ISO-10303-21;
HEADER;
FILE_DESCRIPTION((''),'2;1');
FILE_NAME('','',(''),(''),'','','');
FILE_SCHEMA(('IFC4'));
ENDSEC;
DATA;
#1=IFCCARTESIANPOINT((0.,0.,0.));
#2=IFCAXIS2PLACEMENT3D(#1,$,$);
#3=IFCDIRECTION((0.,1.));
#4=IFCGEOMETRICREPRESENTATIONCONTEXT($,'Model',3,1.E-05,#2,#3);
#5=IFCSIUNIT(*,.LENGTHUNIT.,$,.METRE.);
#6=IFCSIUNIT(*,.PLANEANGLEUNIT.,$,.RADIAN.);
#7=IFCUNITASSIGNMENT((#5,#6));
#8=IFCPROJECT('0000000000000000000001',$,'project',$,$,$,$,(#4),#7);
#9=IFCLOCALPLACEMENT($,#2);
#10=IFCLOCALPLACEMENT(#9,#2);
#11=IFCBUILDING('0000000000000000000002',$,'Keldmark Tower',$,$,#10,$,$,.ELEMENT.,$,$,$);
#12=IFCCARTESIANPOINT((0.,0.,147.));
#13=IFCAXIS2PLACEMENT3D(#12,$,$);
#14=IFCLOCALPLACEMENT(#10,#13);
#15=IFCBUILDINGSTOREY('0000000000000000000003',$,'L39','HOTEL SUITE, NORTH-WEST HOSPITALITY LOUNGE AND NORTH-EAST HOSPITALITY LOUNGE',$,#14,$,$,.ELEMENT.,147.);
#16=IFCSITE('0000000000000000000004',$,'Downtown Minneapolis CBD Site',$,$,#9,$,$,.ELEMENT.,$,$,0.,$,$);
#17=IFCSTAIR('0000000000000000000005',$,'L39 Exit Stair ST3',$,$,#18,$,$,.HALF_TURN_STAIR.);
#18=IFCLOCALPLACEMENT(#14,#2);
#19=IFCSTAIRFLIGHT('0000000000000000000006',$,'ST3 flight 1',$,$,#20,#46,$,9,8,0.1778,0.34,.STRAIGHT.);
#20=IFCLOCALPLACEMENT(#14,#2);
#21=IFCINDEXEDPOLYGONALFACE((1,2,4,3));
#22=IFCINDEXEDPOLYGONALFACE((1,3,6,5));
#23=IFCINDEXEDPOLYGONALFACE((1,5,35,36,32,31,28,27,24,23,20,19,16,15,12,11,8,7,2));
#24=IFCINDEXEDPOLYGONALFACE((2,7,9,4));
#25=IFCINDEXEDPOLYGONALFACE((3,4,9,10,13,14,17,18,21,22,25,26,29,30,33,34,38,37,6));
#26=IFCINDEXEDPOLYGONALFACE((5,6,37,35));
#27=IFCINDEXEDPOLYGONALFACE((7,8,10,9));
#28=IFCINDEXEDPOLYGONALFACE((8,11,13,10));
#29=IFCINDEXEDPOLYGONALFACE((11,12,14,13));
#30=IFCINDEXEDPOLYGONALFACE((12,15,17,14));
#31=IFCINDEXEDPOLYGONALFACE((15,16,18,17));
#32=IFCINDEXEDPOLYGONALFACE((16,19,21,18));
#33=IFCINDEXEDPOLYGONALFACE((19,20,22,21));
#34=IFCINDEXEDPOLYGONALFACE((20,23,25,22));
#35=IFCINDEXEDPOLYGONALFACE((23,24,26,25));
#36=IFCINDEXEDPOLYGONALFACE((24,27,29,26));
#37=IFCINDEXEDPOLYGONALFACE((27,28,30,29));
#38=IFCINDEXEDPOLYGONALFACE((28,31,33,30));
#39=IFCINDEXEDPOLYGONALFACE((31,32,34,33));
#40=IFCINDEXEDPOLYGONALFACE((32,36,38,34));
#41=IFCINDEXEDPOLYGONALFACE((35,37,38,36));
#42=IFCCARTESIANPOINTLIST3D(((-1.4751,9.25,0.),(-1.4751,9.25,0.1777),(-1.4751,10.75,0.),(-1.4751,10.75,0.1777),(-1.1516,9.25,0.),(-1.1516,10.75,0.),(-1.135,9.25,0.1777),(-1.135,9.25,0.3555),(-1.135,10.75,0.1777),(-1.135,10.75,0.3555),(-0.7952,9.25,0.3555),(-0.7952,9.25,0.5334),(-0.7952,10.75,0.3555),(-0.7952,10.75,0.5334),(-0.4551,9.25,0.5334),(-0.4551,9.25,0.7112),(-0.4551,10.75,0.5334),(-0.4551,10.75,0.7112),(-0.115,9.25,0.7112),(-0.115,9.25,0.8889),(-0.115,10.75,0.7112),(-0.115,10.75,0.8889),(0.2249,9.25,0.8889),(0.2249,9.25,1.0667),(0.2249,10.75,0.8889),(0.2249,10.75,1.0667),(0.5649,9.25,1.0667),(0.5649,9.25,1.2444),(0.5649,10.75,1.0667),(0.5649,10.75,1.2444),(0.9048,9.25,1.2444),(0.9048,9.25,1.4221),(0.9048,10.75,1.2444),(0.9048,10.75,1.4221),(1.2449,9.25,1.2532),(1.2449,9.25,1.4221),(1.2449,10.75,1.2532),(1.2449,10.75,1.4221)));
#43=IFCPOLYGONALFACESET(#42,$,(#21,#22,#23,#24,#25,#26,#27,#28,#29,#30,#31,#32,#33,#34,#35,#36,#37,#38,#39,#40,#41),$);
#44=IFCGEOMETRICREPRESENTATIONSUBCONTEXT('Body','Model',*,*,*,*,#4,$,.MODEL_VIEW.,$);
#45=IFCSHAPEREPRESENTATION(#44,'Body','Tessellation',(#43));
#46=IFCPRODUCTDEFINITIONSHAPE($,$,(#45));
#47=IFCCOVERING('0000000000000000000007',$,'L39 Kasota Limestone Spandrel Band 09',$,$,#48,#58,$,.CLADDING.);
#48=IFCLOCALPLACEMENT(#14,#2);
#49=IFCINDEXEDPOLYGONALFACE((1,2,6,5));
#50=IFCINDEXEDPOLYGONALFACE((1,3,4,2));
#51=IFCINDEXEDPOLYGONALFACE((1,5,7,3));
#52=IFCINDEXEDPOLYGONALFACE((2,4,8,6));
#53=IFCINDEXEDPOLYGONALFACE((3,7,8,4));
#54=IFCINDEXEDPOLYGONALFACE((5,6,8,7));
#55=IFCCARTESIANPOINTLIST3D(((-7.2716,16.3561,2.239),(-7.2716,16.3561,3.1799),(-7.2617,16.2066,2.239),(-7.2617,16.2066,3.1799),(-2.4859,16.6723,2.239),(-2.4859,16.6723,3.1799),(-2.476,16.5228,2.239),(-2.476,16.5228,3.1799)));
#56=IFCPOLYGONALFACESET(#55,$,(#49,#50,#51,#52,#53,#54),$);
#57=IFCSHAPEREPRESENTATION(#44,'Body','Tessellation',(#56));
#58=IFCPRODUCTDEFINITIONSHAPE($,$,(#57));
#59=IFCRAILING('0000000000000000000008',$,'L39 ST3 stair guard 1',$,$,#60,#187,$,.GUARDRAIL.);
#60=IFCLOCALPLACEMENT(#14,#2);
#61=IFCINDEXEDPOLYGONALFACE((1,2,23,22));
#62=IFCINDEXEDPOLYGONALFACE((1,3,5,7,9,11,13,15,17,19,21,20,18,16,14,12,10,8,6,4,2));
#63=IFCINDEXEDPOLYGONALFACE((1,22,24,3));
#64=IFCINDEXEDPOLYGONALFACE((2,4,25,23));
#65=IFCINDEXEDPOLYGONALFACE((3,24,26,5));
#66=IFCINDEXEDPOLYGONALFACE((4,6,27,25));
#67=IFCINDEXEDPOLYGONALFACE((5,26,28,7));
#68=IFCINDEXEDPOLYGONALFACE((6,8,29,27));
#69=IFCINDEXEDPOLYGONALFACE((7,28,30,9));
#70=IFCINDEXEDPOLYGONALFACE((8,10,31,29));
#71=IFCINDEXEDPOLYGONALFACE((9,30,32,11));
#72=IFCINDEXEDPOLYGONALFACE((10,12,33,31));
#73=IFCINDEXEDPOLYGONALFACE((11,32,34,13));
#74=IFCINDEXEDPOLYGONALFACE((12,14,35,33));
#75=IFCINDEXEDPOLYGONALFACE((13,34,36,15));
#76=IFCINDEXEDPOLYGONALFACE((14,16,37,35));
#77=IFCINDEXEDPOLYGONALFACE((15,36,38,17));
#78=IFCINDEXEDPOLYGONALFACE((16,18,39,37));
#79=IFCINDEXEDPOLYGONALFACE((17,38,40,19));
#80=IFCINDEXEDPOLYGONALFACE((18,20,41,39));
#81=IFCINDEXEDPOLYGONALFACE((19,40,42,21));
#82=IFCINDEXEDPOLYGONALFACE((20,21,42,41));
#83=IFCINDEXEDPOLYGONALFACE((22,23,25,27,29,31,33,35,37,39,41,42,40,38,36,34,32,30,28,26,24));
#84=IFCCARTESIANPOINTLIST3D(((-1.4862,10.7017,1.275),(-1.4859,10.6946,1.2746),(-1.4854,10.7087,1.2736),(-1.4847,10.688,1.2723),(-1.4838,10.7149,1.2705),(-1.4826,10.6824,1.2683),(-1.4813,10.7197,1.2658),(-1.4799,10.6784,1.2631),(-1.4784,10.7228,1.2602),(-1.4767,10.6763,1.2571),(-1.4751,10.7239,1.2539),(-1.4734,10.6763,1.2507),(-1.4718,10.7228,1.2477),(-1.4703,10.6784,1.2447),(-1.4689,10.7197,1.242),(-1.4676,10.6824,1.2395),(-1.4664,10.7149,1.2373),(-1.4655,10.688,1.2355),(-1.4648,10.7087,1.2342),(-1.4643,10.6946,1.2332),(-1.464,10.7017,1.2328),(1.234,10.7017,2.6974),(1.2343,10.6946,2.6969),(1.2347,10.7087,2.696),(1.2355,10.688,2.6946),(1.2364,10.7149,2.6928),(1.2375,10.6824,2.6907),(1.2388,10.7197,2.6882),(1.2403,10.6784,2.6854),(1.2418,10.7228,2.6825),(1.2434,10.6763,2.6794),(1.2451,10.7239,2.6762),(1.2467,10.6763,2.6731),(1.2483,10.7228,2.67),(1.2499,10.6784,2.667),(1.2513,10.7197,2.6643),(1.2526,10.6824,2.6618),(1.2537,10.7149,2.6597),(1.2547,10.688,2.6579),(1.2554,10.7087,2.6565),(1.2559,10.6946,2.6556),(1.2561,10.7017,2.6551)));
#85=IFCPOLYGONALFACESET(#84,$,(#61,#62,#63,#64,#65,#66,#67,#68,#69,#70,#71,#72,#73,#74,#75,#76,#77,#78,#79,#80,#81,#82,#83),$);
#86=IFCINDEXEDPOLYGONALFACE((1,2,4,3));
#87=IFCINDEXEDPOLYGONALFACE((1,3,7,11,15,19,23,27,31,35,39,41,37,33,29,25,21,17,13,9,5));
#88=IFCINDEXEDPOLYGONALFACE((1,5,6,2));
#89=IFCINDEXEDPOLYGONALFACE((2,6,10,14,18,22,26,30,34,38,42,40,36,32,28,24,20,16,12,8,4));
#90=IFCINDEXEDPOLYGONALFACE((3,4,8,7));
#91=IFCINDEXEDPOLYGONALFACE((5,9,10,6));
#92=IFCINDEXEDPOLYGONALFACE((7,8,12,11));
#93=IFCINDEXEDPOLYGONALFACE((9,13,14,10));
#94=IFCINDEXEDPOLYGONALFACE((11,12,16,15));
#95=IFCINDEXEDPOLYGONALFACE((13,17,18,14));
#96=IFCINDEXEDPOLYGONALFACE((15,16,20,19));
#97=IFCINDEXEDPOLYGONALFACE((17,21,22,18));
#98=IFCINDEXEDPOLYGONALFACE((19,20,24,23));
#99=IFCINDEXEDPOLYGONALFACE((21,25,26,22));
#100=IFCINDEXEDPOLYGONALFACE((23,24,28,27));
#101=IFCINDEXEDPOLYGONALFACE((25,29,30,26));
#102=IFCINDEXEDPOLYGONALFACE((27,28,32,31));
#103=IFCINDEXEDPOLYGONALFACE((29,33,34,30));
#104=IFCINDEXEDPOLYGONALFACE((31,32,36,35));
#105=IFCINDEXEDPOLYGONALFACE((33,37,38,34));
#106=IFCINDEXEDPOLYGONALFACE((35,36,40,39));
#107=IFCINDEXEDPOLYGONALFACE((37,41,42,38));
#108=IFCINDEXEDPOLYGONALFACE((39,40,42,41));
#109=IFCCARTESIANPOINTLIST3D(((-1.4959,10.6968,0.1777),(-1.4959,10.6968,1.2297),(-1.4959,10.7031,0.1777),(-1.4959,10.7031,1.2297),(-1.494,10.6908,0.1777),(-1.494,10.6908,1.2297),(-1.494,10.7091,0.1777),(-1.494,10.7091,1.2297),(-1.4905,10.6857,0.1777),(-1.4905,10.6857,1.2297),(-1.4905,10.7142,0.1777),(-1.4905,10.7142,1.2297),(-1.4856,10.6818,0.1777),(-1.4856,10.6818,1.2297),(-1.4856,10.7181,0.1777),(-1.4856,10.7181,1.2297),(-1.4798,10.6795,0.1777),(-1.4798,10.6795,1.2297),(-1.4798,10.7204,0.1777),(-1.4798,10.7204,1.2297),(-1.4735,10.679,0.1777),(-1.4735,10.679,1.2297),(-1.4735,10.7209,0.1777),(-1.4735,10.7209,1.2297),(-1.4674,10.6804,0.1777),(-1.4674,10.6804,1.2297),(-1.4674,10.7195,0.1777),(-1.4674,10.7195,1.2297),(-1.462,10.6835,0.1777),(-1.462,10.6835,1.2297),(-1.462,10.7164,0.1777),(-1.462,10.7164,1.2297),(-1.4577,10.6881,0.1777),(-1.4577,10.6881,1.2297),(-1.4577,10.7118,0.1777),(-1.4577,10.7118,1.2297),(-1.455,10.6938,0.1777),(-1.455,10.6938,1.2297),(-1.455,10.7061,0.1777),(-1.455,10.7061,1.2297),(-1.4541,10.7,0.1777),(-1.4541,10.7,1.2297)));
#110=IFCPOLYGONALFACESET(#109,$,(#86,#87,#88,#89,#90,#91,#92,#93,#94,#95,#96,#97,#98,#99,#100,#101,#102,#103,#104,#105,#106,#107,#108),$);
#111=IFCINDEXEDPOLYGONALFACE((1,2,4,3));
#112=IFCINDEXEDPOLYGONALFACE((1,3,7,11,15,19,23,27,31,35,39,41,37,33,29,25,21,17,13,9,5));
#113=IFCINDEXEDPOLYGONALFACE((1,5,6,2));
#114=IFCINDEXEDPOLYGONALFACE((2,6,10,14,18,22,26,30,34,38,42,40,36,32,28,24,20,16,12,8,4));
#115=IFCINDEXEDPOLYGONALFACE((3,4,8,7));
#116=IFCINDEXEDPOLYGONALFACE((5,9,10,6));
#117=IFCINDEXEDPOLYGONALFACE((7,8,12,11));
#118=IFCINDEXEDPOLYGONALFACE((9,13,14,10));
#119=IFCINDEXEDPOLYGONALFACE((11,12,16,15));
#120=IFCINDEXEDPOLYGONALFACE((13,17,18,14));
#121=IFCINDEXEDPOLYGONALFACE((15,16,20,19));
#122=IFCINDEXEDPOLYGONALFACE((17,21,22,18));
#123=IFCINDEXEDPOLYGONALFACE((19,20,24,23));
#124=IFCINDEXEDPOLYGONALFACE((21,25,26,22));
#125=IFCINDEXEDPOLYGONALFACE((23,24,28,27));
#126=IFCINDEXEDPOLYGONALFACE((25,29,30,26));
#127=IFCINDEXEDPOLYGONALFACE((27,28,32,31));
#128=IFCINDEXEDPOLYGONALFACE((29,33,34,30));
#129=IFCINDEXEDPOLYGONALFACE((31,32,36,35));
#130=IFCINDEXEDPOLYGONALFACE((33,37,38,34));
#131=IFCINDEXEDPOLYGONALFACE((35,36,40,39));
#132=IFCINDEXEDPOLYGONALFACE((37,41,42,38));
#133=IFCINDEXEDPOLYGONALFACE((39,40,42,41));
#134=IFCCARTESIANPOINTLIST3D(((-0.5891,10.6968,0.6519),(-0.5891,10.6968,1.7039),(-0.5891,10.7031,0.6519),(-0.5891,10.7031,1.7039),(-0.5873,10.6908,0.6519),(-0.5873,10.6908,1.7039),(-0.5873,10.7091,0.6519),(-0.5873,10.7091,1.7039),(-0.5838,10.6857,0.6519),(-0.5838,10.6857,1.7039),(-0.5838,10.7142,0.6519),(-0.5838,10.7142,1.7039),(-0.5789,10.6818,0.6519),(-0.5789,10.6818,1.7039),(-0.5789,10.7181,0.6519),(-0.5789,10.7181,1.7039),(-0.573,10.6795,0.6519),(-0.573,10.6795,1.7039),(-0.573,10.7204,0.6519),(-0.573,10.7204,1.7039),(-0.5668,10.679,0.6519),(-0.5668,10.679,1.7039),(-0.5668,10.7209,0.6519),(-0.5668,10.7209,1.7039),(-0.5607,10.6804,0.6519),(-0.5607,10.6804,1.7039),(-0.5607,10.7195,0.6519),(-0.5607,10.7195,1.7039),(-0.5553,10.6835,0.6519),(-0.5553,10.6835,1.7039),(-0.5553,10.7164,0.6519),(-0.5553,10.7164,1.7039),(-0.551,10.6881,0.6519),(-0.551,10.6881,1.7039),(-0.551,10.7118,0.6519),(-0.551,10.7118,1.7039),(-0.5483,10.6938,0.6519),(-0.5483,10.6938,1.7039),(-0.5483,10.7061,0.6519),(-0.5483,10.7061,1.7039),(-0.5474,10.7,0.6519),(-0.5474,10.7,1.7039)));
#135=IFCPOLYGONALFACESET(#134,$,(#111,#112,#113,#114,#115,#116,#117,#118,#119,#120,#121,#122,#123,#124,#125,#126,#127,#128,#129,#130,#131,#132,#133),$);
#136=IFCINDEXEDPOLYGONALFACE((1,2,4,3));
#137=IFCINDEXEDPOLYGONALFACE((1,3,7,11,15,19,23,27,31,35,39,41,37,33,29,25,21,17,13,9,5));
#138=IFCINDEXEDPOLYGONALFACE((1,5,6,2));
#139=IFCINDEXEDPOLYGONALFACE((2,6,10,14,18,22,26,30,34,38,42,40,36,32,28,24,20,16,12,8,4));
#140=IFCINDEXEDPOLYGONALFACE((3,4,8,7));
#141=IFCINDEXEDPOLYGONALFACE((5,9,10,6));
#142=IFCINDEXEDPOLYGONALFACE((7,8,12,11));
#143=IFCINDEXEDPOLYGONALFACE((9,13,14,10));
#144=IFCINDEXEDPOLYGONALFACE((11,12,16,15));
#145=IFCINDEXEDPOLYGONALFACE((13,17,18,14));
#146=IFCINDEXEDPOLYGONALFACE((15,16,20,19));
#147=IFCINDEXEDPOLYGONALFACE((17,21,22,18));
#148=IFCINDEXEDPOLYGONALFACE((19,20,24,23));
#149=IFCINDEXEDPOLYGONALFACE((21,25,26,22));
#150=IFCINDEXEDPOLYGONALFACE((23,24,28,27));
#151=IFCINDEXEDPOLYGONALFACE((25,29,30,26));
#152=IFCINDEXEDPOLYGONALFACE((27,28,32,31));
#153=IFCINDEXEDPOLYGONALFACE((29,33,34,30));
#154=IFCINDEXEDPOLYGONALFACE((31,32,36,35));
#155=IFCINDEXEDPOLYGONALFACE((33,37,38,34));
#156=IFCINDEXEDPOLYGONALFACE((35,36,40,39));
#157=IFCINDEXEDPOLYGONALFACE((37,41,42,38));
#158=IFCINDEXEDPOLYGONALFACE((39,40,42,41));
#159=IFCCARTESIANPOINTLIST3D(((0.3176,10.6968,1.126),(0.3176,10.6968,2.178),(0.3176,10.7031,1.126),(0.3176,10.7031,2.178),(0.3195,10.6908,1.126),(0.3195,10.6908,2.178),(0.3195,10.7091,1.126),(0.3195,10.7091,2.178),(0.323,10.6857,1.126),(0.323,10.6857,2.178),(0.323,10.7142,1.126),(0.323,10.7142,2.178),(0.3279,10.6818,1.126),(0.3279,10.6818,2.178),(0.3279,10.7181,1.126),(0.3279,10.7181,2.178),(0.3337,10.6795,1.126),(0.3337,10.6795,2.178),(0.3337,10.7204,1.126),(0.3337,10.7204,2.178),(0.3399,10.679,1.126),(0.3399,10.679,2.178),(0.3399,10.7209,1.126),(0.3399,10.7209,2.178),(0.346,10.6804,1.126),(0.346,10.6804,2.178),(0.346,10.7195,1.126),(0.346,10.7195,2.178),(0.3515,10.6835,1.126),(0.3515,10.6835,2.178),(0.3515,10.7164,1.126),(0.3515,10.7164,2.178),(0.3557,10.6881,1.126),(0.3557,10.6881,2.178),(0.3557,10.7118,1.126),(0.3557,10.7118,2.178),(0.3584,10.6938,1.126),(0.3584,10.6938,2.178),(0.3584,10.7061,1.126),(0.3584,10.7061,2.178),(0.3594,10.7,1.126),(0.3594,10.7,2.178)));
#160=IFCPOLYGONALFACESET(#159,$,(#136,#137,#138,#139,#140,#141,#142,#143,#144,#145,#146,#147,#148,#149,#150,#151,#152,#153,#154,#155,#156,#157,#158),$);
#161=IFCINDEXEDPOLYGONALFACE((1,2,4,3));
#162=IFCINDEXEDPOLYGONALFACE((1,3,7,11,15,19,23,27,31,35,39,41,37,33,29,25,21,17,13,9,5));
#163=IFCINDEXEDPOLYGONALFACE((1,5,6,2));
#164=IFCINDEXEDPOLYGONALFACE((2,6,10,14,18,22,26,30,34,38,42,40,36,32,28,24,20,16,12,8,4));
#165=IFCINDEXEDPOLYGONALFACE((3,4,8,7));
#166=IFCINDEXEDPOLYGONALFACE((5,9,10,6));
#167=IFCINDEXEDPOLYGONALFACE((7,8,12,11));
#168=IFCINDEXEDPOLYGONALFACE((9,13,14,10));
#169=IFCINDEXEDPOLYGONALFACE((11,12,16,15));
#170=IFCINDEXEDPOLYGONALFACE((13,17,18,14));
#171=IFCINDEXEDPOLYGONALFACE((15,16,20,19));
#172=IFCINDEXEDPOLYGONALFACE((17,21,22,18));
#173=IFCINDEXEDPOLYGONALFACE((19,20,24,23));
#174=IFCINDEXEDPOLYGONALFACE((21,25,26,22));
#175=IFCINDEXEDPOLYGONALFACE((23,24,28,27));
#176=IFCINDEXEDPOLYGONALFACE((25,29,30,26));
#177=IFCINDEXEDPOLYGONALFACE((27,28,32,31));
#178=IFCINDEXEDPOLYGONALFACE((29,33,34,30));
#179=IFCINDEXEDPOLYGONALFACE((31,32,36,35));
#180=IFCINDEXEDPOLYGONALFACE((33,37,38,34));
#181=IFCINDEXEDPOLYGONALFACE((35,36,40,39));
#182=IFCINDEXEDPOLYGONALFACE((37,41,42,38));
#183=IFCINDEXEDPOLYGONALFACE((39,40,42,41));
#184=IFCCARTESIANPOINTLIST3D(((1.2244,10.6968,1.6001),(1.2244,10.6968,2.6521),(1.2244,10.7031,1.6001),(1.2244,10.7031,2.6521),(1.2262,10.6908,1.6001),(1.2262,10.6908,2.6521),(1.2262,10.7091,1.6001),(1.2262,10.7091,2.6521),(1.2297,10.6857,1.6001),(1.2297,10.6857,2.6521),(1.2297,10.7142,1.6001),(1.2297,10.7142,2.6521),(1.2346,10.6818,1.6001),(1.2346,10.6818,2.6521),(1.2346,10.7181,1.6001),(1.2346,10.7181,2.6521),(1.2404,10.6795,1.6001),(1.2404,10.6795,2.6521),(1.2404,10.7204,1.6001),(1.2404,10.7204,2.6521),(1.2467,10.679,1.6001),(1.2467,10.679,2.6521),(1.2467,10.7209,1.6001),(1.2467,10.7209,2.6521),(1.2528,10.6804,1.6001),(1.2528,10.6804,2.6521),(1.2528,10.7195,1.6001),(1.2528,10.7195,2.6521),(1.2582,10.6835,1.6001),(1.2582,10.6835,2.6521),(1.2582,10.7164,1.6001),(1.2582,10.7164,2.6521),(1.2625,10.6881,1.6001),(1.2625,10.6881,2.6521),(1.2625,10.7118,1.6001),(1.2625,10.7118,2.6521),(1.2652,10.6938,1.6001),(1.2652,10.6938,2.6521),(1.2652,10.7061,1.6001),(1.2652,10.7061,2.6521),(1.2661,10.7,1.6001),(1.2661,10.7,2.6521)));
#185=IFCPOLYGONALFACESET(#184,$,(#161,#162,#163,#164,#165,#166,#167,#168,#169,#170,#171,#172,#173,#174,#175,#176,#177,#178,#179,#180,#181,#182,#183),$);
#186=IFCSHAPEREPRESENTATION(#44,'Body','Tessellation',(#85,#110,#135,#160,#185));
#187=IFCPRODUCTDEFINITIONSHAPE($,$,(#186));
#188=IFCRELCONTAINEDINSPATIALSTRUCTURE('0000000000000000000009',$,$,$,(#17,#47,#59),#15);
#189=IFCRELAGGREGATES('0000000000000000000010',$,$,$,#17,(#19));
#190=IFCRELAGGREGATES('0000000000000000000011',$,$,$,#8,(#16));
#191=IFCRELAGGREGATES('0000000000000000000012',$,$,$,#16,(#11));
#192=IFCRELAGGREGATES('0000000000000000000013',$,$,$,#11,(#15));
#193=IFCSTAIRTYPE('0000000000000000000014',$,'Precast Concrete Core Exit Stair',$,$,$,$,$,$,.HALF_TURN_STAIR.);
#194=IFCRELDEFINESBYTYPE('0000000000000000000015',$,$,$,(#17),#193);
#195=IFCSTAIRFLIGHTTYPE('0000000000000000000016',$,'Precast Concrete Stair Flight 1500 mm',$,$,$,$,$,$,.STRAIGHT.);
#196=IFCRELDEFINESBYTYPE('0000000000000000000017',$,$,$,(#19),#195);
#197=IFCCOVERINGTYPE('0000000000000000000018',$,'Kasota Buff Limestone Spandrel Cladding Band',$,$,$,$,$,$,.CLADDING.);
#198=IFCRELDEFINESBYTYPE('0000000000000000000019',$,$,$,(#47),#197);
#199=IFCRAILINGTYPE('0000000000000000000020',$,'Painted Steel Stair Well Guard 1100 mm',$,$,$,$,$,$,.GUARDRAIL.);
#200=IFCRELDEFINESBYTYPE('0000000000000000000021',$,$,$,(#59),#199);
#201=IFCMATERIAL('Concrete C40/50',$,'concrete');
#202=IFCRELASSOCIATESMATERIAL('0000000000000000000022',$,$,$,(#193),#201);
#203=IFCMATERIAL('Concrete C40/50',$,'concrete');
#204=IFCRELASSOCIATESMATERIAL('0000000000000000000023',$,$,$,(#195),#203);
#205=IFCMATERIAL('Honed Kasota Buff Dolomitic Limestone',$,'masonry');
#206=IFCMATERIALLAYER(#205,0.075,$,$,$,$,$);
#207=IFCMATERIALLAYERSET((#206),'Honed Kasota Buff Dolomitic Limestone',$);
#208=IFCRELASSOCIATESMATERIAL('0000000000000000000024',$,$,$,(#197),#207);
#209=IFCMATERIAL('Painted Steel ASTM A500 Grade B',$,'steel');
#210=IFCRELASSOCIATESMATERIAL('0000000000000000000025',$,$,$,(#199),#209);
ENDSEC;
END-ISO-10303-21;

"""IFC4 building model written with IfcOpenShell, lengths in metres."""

from ifc_helpers import new_model, si_unit, direction, frame, origin, origin_2d, place, context, subcontext, project, spatial, polyline, rectangle, circle, outline, extrude, material, layer, layer_set, type_object, element, aggregate, save


model = new_model("IFC4")

# Units and contexts
model_context = context("Model", 3, precision=1e-05, world=origin(), true_north=direction((0.0, 1.0)))
body_context = subcontext(model_context, "Body", "Model", "MODEL_VIEW")
ifc_project = project(units=[si_unit("LENGTHUNIT", "METRE"), si_unit("PLANEANGLEUNIT", "RADIAN")], contexts=[model_context])

# Site, building, storey
site_placement = place(None, origin())
site = spatial("IfcSite", under=ifc_project, at=site_placement, Name="Downtown Minneapolis CBD Site", CompositionType="ELEMENT", RefElevation=0.0)
building_placement = place(site_placement, origin())
building = spatial("IfcBuilding", under=site, at=building_placement, Name="Keldmark Tower", CompositionType="ELEMENT")
storey_placement = place(building_placement, frame((0.0, 0.0, 147.0)))
storey = spatial("IfcBuildingStorey", under=building, at=storey_placement, Name="L39", Description="HOTEL SUITE, NORTH-WEST HOSPITALITY LOUNGE AND NORTH-EAST HOSPITALITY LOUNGE", CompositionType="ELEMENT", Elevation=147.0)

# Stair, stair flight
ifc_material_1 = material(Name="Concrete C40/50", Category="concrete")
stair_type = type_object("IfcStairType", Name="Precast Concrete Core Exit Stair", PredefinedType="HALF_TURN_STAIR", material=ifc_material_1)
stair_placement = place(storey_placement, origin())
stair = element("IfcStair", 1, at=stair_placement, inside=storey, type_object=stair_type, Name="L39 Exit Stair ST3", PredefinedType="HALF_TURN_STAIR")
ifc_material_2 = material(Name="Concrete C40/50", Category="concrete")
stair_flight_type = type_object("IfcStairFlightType", Name="Precast Concrete Stair Flight 1500 mm", PredefinedType="STRAIGHT", material=ifc_material_2)
stair_flight_placement = place(storey_placement, frame((-1.4751, 10.0, 0.0), z_axis=(0.0, 0.0, 1.0), x_axis=(1.0, 0.0, 0.0)))
stair_flight = element("IfcStairFlight", 2, at=stair_flight_placement, type_object=stair_flight_type, Name="ST3 flight 1", NumberOfRisers=9, NumberOfTreads=8, PredefinedType="STRAIGHT", RiserHeight=0.1778, TreadLength=0.34, context=body_context, shape_type="SweptSolid", body=[
    extrude(outline(polyline([(0.0, 0.0), (0.0, 0.1777), (0.3401, 0.1777), (0.3401, 0.3555), (0.6799, 0.3555), (0.6799, 0.5334), (1.02, 0.5334), (1.02, 0.7112), (1.3601, 0.7112), (1.3601, 0.8889), (1.7, 0.8889), (1.7, 1.0667), (2.04, 1.0667), (2.04, 1.2444), (2.3799, 1.2444), (2.3799, 1.4221), (2.72, 1.4221), (2.72, 1.6001), (2.72, 1.2532), (0.3235, 0.0), (0.0, 0.0)])), frame((0.0, 0.75, 0.0), z_axis=(0.0, -1.0, 0.0), x_axis=(1.0, 0.0, 0.0)), (0.0, 0.0, 1.0), 1.5),
])
aggregate(stair, [stair_flight])

# Covering
ifc_material_3 = material(Name="Honed Kasota Buff Dolomitic Limestone", Category="masonry")
ifc_layer_1 = layer(ifc_material_3, 0.075)
ifc_layer_set_1 = layer_set([ifc_layer_1], Name="Honed Kasota Buff Dolomitic Limestone")
covering_type = type_object("IfcCoveringType", Name="Kasota Buff Limestone Spandrel Cladding Band", PredefinedType="CLADDING", material=ifc_layer_set_1)
covering_placement = place(storey_placement, frame((-4.8738, 16.4395, 2.239), z_axis=(0.0, 0.0, 1.0), x_axis=(-0.997825, -0.065926, 0.0)))
element("IfcCovering", 3, at=covering_placement, inside=storey, type_object=covering_type, Name="L39 Kasota Limestone Spandrel Band 09", PredefinedType="CLADDING", context=body_context, shape_type="SweptSolid", body=[
    extrude(rectangle(XDim=4.7961, YDim=0.1499, at=origin_2d()), origin(), (0.0, 0.0, 1.0), 0.9409),
])

# Railing
ifc_material_4 = material(Name="Painted Steel ASTM A500 Grade B", Category="steel")
railing_type = type_object("IfcRailingType", Name="Painted Steel Stair Well Guard 1100 mm", PredefinedType="GUARDRAIL", material=ifc_material_4)
railing_1_placement = place(storey_placement, frame((-1.4751, 10.7, 0.1777)))
element("IfcRailing", 4, at=railing_1_placement, inside=storey, type_object=railing_type, Name="L39 ST3 stair guard 1", PredefinedType="GUARDRAIL", context=body_context, shape_type="SweptSolid", body=[
    extrude(circle(Radius=0.0239, at=origin_2d()), frame((0.0, 0.0, 1.0762), z_axis=(0.886168, 0.0, 0.463365), x_axis=(0.0, 1.0, 0.0)), (0.0, 0.0, 1.0), 3.0696),
    extrude(circle(Radius=0.021, at=origin_2d()), origin(), (0.0, 0.0, 1.0), 1.052),
    extrude(circle(Radius=0.021, at=origin_2d()), frame((0.9067, 0.0, 0.4741)), (0.0, 0.0, 1.0), 1.052),
    extrude(circle(Radius=0.021, at=origin_2d()), frame((1.8135, 0.0, 0.9482)), (0.0, 0.0, 1.0), 1.052),
    extrude(circle(Radius=0.021, at=origin_2d()), frame((2.7202, 0.0, 1.4224)), (0.0, 0.0, 1.0), 1.052),
])

save(model, "model.ifc")
